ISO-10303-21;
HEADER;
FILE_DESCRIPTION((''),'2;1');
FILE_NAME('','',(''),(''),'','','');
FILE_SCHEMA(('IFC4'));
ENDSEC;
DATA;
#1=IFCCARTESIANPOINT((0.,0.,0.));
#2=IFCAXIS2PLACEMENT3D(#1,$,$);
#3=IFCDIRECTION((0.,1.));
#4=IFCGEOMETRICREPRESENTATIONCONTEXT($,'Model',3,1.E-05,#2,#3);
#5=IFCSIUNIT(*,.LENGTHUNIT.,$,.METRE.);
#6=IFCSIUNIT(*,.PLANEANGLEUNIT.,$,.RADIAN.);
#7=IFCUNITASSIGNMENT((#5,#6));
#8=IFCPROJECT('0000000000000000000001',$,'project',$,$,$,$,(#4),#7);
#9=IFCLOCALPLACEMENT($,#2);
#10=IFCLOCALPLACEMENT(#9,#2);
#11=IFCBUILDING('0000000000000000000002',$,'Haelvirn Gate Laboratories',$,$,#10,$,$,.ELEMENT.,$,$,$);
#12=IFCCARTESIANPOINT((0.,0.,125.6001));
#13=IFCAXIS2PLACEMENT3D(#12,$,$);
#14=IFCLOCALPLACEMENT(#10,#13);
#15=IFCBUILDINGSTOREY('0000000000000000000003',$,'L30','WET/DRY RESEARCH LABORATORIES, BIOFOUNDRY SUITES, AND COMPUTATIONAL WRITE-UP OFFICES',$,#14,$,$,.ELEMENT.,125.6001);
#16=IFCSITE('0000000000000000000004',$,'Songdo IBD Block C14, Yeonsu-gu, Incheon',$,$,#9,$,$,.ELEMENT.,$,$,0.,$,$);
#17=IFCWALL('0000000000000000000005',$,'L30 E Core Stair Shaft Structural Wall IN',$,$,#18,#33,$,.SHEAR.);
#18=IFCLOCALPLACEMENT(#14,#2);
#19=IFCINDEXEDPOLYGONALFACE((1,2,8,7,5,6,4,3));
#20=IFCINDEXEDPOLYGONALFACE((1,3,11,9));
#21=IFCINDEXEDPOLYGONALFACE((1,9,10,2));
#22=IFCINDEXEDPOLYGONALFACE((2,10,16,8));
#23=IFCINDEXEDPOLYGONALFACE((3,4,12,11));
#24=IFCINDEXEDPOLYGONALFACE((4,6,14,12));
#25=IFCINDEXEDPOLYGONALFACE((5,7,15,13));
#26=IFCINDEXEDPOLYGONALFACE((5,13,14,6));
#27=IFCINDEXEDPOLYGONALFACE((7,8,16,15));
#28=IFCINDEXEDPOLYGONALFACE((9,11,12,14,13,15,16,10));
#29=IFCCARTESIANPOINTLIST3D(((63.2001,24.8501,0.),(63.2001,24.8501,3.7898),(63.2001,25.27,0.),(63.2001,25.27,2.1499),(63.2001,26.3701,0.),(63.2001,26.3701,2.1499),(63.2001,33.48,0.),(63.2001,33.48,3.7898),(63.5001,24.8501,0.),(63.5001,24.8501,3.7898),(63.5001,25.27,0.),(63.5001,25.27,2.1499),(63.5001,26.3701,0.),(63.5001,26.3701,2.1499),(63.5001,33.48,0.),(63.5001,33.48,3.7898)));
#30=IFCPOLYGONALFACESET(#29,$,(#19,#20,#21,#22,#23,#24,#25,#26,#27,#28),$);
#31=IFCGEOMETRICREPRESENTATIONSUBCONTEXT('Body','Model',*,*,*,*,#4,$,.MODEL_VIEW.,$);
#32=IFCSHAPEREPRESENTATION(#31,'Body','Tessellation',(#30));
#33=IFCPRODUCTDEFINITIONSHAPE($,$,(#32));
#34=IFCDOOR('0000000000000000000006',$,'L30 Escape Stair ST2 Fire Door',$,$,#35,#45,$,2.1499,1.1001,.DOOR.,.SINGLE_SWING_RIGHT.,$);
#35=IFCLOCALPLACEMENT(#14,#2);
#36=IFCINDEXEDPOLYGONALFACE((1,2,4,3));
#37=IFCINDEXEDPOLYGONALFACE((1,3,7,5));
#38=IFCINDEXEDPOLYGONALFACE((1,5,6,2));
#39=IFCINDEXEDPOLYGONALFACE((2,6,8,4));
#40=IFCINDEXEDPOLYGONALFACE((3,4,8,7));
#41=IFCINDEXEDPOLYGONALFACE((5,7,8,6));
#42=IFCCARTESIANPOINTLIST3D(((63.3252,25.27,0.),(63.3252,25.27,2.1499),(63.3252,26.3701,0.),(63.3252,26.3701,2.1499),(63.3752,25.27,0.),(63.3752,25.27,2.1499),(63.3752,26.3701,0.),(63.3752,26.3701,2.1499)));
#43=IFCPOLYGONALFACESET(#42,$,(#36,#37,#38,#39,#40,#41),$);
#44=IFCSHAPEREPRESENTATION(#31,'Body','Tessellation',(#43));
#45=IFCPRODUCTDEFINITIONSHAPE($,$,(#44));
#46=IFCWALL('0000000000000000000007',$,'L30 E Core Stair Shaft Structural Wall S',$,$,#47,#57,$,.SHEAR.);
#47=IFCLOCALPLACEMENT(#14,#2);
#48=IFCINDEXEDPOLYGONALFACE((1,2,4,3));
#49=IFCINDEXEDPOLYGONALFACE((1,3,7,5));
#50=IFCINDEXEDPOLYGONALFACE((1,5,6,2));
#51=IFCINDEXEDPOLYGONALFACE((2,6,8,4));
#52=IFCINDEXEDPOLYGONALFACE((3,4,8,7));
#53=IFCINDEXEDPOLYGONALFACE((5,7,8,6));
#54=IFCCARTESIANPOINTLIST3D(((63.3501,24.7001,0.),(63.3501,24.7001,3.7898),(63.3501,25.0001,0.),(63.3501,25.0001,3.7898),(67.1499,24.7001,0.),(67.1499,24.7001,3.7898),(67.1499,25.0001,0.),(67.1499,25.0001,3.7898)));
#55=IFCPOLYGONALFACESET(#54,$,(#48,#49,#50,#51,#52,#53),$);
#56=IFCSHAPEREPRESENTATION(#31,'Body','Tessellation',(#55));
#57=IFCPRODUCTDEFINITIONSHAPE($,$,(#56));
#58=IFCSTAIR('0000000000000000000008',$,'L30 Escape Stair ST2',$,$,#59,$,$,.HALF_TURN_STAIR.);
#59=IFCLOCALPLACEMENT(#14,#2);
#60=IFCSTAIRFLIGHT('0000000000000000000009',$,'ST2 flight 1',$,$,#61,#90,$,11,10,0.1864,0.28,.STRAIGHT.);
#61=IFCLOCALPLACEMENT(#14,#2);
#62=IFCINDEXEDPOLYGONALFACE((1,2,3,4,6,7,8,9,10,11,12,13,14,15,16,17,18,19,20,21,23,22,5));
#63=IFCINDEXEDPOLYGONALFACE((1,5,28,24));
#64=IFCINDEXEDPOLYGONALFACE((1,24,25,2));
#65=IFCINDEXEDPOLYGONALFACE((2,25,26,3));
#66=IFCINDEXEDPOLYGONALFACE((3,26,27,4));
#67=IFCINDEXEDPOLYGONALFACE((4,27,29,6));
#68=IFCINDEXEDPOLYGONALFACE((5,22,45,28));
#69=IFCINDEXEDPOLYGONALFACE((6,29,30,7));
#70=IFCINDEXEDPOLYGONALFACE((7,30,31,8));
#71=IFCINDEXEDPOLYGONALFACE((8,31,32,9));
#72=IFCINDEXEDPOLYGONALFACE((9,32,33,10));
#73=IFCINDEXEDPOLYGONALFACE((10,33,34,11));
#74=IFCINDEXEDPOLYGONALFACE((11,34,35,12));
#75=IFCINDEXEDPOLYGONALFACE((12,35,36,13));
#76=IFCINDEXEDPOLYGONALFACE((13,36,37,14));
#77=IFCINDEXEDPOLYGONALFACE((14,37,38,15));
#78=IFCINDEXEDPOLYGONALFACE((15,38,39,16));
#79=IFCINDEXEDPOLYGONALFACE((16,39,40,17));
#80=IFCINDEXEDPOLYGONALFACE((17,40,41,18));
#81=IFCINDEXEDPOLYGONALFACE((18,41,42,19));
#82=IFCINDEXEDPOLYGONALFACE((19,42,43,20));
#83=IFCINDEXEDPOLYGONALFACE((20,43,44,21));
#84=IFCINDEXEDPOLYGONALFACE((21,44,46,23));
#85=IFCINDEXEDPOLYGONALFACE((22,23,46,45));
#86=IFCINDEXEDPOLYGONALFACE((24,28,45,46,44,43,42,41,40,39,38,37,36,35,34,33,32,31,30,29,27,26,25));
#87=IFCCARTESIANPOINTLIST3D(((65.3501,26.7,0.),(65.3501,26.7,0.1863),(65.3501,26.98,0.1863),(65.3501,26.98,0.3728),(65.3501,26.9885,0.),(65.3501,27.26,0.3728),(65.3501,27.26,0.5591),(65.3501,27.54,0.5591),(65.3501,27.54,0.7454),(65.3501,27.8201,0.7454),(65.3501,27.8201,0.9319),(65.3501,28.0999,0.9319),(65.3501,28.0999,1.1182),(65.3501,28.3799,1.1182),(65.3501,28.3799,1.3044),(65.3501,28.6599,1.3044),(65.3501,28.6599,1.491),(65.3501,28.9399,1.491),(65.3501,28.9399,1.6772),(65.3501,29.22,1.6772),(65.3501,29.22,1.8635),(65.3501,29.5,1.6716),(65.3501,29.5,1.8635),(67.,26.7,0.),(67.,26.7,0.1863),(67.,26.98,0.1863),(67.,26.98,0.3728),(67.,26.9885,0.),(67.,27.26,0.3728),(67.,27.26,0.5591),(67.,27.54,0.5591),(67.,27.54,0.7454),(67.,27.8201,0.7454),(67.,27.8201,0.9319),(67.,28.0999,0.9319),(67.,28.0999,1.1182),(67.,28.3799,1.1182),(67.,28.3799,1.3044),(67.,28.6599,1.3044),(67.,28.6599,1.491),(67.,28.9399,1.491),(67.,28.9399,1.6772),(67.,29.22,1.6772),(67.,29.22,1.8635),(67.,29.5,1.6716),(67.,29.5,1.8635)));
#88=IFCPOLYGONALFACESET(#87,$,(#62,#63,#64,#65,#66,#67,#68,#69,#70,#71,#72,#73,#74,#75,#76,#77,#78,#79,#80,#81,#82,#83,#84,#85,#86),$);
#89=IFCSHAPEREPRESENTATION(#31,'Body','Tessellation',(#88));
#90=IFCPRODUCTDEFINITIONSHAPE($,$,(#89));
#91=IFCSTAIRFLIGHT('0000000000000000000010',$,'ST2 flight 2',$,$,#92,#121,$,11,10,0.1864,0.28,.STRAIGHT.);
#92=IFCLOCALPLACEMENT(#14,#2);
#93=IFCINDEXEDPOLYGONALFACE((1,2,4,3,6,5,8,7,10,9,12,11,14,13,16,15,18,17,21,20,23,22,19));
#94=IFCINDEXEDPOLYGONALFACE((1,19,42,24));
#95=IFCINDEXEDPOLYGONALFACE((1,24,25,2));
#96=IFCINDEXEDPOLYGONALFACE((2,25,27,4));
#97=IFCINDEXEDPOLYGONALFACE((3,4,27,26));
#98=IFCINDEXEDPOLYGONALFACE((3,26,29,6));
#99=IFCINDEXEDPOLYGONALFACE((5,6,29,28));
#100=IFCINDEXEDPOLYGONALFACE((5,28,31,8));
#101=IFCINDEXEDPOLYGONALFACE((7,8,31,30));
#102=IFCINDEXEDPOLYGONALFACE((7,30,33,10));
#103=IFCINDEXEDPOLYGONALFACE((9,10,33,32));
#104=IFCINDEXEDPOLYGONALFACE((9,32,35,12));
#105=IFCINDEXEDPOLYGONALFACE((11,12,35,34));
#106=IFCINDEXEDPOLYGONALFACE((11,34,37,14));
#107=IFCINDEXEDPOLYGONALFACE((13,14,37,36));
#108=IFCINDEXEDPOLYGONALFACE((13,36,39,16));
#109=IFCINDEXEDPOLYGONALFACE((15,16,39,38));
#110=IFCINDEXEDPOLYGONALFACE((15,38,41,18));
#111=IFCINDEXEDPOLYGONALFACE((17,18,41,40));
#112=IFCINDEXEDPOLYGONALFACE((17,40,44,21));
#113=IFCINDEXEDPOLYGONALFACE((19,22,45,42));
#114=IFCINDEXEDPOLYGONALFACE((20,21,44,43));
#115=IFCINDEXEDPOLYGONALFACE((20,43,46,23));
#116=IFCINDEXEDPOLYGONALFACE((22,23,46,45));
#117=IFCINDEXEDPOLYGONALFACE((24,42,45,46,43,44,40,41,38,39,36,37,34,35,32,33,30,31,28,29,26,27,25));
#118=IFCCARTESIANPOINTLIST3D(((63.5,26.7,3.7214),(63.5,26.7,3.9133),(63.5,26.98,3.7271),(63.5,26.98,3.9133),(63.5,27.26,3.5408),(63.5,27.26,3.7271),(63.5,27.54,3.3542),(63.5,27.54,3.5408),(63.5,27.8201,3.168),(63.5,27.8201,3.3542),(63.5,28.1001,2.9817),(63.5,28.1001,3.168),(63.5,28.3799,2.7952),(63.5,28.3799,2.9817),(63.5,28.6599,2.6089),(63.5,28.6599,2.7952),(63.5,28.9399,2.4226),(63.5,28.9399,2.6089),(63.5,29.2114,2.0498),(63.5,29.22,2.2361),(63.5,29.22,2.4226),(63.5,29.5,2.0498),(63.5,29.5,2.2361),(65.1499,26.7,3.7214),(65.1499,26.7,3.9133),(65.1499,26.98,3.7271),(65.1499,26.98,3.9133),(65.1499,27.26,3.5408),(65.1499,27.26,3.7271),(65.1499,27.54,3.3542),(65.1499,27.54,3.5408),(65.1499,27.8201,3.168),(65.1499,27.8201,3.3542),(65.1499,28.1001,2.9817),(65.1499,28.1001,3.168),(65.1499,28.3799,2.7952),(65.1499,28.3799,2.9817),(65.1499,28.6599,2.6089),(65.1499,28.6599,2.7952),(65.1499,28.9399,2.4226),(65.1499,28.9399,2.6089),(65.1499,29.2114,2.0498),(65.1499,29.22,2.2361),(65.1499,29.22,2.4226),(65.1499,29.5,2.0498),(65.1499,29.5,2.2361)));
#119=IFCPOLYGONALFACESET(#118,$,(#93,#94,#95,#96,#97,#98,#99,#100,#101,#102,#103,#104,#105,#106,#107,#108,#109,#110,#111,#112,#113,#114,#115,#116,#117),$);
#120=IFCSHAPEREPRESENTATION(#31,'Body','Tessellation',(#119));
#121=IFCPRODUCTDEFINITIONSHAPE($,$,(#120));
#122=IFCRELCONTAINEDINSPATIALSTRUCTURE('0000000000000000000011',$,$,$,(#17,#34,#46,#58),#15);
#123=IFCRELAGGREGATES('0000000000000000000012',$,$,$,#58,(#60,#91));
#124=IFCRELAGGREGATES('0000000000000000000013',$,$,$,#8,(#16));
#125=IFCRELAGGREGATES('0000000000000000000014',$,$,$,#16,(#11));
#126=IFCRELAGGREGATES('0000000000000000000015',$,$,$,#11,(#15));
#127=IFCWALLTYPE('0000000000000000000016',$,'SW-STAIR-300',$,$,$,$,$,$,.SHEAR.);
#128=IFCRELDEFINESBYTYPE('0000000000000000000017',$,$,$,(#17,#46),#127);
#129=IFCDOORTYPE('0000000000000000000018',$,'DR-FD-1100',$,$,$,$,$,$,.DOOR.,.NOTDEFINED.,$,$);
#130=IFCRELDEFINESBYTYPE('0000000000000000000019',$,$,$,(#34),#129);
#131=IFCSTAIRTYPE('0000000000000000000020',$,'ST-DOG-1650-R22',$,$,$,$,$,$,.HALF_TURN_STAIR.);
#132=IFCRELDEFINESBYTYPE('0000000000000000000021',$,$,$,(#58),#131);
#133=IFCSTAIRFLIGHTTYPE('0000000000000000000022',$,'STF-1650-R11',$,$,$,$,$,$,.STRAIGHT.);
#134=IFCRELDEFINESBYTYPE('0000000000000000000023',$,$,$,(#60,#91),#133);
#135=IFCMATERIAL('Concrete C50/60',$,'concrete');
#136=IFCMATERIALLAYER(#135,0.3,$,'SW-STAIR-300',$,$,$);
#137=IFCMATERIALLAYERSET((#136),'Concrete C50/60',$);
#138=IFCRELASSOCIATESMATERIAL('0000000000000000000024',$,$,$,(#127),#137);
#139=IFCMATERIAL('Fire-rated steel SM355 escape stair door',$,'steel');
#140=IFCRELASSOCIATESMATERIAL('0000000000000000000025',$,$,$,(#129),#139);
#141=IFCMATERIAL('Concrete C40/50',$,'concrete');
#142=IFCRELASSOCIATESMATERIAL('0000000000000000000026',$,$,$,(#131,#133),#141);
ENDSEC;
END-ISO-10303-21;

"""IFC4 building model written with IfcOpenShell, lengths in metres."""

from ifc_helpers import new_model, si_unit, direction, frame, frame_2d, origin, place, context, subcontext, project, spatial, polyline, rectangle, outline, extrude, source, transform, mapped, material, layer, layer_set, type_object, type_shapes, element, fill, aggregate, save


model = new_model("IFC4")

# Units and contexts
model_context = context("Model", 3, precision=1e-05, world=origin(), true_north=direction((0.0, 1.0)))
body_context = subcontext(model_context, "Body", "Model", "MODEL_VIEW")
ifc_project = project(units=[si_unit("LENGTHUNIT", "METRE"), si_unit("PLANEANGLEUNIT", "RADIAN")], contexts=[model_context])

# Site, building, storey
site_placement = place(None, origin())
site = spatial("IfcSite", under=ifc_project, at=site_placement, Name="Songdo IBD Block C14, Yeonsu-gu, Incheon", CompositionType="ELEMENT", RefElevation=0.0)
building_placement = place(site_placement, origin())
building = spatial("IfcBuilding", under=site, at=building_placement, Name="Haelvirn Gate Laboratories", CompositionType="ELEMENT")
storey_placement = place(building_placement, frame((0.0, 0.0, 125.6001)))
storey = spatial("IfcBuildingStorey", under=building, at=storey_placement, Name="L30", Description="WET/DRY RESEARCH LABORATORIES, BIOFOUNDRY SUITES, AND COMPUTATIONAL WRITE-UP OFFICES", CompositionType="ELEMENT", Elevation=125.6001)

# Shared definitions
ifc_material_1 = material(Name="Concrete C40/50", Category="concrete")
ifc_material_2 = material(Name="Concrete C50/60", Category="concrete")

# Wall, opening, door
ifc_layer_1 = layer(ifc_material_2, 0.3, Name="SW-STAIR-300")
ifc_layer_set_1 = layer_set([ifc_layer_1], Name="Concrete C50/60")
wall_type_1 = type_object("IfcWallType", Name="SW-STAIR-300", PredefinedType="SHEAR", material=ifc_layer_set_1)
wall_1_placement = place(storey_placement, frame((63.3501, 24.8501, 0.0), z_axis=(0.0, 0.0, 1.0), x_axis=(0.0, 1.0, 0.0)))
wall_1 = element("IfcWall", 1, at=wall_1_placement, inside=storey, type_object=wall_type_1, Name="L30 E Core Stair Shaft Structural Wall IN", PredefinedType="SHEAR", context=body_context, shape_type="SweptSolid", body=[
    extrude(rectangle(XDim=8.6299, YDim=0.3, at=frame_2d((4.3149, 0.0))), origin(), (0.0, 0.0, 1.0), 3.7898),
])
opening_placement = place(wall_1_placement, frame((0.4199, 0.0, 0.0)))
opening = element("IfcOpeningElement", 2, at=opening_placement, cuts=wall_1, PredefinedType="OPENING", context=body_context, shape_type="SweptSolid", body=[
    extrude(rectangle(XDim=1.1001, YDim=2.1499, at=frame_2d((0.55, 1.075))), frame((0.0, 0.1602, 0.0), z_axis=(0.0, -1.0, 0.0), x_axis=(1.0, 0.0, 0.0)), (0.0, 0.0, 1.0), 0.3201),
])
ifc_material_3 = material(Name="Fire-rated steel SM355 escape stair door", Category="steel")
door_type = type_object("IfcDoorType", Name="DR-FD-1100", OperationType="NOTDEFINED", PredefinedType="DOOR", material=ifc_material_3)
shared_shape_1 = source(origin(), body_context, "Body", "SweptSolid", [
    extrude(rectangle(XDim=1.1001, YDim=2.1499, at=frame_2d((0.55, 1.075))), frame((0.0, 0.0249, 0.0), z_axis=(0.0, -1.0, 0.0), x_axis=(1.0, 0.0, 0.0)), (0.0, 0.0, 1.0), 0.05),
])
type_shapes(door_type, [shared_shape_1])
door_placement = place(opening_placement, origin())
door = element("IfcDoor", 3, at=door_placement, inside=storey, type_object=door_type, Name="L30 Escape Stair ST2 Fire Door", OperationType="SINGLE_SWING_RIGHT", OverallHeight=2.1499, OverallWidth=1.1001, PredefinedType="DOOR", context=body_context, shape_type="MappedRepresentation", body=[
    mapped(shared_shape_1, transform((0.0, 0.0, 0.0), scale=1.0)),
])
fill(opening, door)

# Wall
wall_2_placement = place(storey_placement, frame((63.3501, 24.8501, 0.0), z_axis=(0.0, 0.0, 1.0), x_axis=(1.0, 0.0, 0.0)))
element("IfcWall", 4, at=wall_2_placement, inside=storey, type_object=wall_type_1, Name="L30 E Core Stair Shaft Structural Wall S", PredefinedType="SHEAR", context=body_context, shape_type="SweptSolid", body=[
    extrude(rectangle(XDim=3.7998, YDim=0.3, at=frame_2d((1.8999, 0.0))), origin(), (0.0, 0.0, 1.0), 3.7898),
])

# Stair, stair flights
stair_type = type_object("IfcStairType", Name="ST-DOG-1650-R22", PredefinedType="HALF_TURN_STAIR", material=ifc_material_1)
stair_placement = place(storey_placement, origin())
stair = element("IfcStair", 5, at=stair_placement, inside=storey, type_object=stair_type, Name="L30 Escape Stair ST2", PredefinedType="HALF_TURN_STAIR")
stair_flight_type = type_object("IfcStairFlightType", Name="STF-1650-R11", PredefinedType="STRAIGHT", material=ifc_material_1)
shared_shape_2 = source(origin(), body_context, "Body", "SweptSolid", [
    extrude(outline(polyline([(0.0, 0.0), (0.0, 0.1863), (0.28, 0.1863), (0.28, 0.3728), (0.5601, 0.3728), (0.5601, 0.5591), (0.8401, 0.5591), (0.8401, 0.7454), (1.1201, 0.7454), (1.1201, 0.9319), (1.3999, 0.9319), (1.3999, 1.1182), (1.6799, 1.1182), (1.6799, 1.3044), (1.96, 1.3044), (1.96, 1.491), (2.24, 1.491), (2.24, 1.6772), (2.52, 1.6772), (2.52, 1.8635), (2.8, 1.8635), (2.8, 2.05), (2.8, 1.6716), (0.2886, 0.0), (0.0, 0.0)])), frame((0.0, 0.825, 0.0), z_axis=(0.0, -1.0, 0.0), x_axis=(1.0, 0.0, 0.0)), (0.0, 0.0, 1.0), 1.6499),
])
type_shapes(stair_flight_type, [shared_shape_2])
stair_flight_1_placement = place(storey_placement, frame((66.175, 26.7, 0.0), z_axis=(0.0, 0.0, 1.0), x_axis=(0.0, 1.0, 0.0)))
stair_flight_1 = element("IfcStairFlight", 6, at=stair_flight_1_placement, type_object=stair_flight_type, Name="ST2 flight 1", NumberOfRisers=11, NumberOfTreads=10, PredefinedType="STRAIGHT", RiserHeight=0.1864, TreadLength=0.28, context=body_context, shape_type="MappedRepresentation", body=[
    mapped(shared_shape_2, transform((0.0, 0.0, 0.0), scale=1.0)),
])
stair_flight_2_placement = place(storey_placement, frame((64.325, 29.5, 2.0498), z_axis=(0.0, 0.0, 1.0), x_axis=(0.0, -1.0, 0.0)))
stair_flight_2 = element("IfcStairFlight", 7, at=stair_flight_2_placement, type_object=stair_flight_type, Name="ST2 flight 2", NumberOfRisers=11, NumberOfTreads=10, PredefinedType="STRAIGHT", RiserHeight=0.1864, TreadLength=0.28, context=body_context, shape_type="MappedRepresentation", body=[
    mapped(shared_shape_2, transform((0.0, 0.0, 0.0), scale=1.0)),
])
aggregate(stair, [stair_flight_1, stair_flight_2])

save(model, "model.ifc")
